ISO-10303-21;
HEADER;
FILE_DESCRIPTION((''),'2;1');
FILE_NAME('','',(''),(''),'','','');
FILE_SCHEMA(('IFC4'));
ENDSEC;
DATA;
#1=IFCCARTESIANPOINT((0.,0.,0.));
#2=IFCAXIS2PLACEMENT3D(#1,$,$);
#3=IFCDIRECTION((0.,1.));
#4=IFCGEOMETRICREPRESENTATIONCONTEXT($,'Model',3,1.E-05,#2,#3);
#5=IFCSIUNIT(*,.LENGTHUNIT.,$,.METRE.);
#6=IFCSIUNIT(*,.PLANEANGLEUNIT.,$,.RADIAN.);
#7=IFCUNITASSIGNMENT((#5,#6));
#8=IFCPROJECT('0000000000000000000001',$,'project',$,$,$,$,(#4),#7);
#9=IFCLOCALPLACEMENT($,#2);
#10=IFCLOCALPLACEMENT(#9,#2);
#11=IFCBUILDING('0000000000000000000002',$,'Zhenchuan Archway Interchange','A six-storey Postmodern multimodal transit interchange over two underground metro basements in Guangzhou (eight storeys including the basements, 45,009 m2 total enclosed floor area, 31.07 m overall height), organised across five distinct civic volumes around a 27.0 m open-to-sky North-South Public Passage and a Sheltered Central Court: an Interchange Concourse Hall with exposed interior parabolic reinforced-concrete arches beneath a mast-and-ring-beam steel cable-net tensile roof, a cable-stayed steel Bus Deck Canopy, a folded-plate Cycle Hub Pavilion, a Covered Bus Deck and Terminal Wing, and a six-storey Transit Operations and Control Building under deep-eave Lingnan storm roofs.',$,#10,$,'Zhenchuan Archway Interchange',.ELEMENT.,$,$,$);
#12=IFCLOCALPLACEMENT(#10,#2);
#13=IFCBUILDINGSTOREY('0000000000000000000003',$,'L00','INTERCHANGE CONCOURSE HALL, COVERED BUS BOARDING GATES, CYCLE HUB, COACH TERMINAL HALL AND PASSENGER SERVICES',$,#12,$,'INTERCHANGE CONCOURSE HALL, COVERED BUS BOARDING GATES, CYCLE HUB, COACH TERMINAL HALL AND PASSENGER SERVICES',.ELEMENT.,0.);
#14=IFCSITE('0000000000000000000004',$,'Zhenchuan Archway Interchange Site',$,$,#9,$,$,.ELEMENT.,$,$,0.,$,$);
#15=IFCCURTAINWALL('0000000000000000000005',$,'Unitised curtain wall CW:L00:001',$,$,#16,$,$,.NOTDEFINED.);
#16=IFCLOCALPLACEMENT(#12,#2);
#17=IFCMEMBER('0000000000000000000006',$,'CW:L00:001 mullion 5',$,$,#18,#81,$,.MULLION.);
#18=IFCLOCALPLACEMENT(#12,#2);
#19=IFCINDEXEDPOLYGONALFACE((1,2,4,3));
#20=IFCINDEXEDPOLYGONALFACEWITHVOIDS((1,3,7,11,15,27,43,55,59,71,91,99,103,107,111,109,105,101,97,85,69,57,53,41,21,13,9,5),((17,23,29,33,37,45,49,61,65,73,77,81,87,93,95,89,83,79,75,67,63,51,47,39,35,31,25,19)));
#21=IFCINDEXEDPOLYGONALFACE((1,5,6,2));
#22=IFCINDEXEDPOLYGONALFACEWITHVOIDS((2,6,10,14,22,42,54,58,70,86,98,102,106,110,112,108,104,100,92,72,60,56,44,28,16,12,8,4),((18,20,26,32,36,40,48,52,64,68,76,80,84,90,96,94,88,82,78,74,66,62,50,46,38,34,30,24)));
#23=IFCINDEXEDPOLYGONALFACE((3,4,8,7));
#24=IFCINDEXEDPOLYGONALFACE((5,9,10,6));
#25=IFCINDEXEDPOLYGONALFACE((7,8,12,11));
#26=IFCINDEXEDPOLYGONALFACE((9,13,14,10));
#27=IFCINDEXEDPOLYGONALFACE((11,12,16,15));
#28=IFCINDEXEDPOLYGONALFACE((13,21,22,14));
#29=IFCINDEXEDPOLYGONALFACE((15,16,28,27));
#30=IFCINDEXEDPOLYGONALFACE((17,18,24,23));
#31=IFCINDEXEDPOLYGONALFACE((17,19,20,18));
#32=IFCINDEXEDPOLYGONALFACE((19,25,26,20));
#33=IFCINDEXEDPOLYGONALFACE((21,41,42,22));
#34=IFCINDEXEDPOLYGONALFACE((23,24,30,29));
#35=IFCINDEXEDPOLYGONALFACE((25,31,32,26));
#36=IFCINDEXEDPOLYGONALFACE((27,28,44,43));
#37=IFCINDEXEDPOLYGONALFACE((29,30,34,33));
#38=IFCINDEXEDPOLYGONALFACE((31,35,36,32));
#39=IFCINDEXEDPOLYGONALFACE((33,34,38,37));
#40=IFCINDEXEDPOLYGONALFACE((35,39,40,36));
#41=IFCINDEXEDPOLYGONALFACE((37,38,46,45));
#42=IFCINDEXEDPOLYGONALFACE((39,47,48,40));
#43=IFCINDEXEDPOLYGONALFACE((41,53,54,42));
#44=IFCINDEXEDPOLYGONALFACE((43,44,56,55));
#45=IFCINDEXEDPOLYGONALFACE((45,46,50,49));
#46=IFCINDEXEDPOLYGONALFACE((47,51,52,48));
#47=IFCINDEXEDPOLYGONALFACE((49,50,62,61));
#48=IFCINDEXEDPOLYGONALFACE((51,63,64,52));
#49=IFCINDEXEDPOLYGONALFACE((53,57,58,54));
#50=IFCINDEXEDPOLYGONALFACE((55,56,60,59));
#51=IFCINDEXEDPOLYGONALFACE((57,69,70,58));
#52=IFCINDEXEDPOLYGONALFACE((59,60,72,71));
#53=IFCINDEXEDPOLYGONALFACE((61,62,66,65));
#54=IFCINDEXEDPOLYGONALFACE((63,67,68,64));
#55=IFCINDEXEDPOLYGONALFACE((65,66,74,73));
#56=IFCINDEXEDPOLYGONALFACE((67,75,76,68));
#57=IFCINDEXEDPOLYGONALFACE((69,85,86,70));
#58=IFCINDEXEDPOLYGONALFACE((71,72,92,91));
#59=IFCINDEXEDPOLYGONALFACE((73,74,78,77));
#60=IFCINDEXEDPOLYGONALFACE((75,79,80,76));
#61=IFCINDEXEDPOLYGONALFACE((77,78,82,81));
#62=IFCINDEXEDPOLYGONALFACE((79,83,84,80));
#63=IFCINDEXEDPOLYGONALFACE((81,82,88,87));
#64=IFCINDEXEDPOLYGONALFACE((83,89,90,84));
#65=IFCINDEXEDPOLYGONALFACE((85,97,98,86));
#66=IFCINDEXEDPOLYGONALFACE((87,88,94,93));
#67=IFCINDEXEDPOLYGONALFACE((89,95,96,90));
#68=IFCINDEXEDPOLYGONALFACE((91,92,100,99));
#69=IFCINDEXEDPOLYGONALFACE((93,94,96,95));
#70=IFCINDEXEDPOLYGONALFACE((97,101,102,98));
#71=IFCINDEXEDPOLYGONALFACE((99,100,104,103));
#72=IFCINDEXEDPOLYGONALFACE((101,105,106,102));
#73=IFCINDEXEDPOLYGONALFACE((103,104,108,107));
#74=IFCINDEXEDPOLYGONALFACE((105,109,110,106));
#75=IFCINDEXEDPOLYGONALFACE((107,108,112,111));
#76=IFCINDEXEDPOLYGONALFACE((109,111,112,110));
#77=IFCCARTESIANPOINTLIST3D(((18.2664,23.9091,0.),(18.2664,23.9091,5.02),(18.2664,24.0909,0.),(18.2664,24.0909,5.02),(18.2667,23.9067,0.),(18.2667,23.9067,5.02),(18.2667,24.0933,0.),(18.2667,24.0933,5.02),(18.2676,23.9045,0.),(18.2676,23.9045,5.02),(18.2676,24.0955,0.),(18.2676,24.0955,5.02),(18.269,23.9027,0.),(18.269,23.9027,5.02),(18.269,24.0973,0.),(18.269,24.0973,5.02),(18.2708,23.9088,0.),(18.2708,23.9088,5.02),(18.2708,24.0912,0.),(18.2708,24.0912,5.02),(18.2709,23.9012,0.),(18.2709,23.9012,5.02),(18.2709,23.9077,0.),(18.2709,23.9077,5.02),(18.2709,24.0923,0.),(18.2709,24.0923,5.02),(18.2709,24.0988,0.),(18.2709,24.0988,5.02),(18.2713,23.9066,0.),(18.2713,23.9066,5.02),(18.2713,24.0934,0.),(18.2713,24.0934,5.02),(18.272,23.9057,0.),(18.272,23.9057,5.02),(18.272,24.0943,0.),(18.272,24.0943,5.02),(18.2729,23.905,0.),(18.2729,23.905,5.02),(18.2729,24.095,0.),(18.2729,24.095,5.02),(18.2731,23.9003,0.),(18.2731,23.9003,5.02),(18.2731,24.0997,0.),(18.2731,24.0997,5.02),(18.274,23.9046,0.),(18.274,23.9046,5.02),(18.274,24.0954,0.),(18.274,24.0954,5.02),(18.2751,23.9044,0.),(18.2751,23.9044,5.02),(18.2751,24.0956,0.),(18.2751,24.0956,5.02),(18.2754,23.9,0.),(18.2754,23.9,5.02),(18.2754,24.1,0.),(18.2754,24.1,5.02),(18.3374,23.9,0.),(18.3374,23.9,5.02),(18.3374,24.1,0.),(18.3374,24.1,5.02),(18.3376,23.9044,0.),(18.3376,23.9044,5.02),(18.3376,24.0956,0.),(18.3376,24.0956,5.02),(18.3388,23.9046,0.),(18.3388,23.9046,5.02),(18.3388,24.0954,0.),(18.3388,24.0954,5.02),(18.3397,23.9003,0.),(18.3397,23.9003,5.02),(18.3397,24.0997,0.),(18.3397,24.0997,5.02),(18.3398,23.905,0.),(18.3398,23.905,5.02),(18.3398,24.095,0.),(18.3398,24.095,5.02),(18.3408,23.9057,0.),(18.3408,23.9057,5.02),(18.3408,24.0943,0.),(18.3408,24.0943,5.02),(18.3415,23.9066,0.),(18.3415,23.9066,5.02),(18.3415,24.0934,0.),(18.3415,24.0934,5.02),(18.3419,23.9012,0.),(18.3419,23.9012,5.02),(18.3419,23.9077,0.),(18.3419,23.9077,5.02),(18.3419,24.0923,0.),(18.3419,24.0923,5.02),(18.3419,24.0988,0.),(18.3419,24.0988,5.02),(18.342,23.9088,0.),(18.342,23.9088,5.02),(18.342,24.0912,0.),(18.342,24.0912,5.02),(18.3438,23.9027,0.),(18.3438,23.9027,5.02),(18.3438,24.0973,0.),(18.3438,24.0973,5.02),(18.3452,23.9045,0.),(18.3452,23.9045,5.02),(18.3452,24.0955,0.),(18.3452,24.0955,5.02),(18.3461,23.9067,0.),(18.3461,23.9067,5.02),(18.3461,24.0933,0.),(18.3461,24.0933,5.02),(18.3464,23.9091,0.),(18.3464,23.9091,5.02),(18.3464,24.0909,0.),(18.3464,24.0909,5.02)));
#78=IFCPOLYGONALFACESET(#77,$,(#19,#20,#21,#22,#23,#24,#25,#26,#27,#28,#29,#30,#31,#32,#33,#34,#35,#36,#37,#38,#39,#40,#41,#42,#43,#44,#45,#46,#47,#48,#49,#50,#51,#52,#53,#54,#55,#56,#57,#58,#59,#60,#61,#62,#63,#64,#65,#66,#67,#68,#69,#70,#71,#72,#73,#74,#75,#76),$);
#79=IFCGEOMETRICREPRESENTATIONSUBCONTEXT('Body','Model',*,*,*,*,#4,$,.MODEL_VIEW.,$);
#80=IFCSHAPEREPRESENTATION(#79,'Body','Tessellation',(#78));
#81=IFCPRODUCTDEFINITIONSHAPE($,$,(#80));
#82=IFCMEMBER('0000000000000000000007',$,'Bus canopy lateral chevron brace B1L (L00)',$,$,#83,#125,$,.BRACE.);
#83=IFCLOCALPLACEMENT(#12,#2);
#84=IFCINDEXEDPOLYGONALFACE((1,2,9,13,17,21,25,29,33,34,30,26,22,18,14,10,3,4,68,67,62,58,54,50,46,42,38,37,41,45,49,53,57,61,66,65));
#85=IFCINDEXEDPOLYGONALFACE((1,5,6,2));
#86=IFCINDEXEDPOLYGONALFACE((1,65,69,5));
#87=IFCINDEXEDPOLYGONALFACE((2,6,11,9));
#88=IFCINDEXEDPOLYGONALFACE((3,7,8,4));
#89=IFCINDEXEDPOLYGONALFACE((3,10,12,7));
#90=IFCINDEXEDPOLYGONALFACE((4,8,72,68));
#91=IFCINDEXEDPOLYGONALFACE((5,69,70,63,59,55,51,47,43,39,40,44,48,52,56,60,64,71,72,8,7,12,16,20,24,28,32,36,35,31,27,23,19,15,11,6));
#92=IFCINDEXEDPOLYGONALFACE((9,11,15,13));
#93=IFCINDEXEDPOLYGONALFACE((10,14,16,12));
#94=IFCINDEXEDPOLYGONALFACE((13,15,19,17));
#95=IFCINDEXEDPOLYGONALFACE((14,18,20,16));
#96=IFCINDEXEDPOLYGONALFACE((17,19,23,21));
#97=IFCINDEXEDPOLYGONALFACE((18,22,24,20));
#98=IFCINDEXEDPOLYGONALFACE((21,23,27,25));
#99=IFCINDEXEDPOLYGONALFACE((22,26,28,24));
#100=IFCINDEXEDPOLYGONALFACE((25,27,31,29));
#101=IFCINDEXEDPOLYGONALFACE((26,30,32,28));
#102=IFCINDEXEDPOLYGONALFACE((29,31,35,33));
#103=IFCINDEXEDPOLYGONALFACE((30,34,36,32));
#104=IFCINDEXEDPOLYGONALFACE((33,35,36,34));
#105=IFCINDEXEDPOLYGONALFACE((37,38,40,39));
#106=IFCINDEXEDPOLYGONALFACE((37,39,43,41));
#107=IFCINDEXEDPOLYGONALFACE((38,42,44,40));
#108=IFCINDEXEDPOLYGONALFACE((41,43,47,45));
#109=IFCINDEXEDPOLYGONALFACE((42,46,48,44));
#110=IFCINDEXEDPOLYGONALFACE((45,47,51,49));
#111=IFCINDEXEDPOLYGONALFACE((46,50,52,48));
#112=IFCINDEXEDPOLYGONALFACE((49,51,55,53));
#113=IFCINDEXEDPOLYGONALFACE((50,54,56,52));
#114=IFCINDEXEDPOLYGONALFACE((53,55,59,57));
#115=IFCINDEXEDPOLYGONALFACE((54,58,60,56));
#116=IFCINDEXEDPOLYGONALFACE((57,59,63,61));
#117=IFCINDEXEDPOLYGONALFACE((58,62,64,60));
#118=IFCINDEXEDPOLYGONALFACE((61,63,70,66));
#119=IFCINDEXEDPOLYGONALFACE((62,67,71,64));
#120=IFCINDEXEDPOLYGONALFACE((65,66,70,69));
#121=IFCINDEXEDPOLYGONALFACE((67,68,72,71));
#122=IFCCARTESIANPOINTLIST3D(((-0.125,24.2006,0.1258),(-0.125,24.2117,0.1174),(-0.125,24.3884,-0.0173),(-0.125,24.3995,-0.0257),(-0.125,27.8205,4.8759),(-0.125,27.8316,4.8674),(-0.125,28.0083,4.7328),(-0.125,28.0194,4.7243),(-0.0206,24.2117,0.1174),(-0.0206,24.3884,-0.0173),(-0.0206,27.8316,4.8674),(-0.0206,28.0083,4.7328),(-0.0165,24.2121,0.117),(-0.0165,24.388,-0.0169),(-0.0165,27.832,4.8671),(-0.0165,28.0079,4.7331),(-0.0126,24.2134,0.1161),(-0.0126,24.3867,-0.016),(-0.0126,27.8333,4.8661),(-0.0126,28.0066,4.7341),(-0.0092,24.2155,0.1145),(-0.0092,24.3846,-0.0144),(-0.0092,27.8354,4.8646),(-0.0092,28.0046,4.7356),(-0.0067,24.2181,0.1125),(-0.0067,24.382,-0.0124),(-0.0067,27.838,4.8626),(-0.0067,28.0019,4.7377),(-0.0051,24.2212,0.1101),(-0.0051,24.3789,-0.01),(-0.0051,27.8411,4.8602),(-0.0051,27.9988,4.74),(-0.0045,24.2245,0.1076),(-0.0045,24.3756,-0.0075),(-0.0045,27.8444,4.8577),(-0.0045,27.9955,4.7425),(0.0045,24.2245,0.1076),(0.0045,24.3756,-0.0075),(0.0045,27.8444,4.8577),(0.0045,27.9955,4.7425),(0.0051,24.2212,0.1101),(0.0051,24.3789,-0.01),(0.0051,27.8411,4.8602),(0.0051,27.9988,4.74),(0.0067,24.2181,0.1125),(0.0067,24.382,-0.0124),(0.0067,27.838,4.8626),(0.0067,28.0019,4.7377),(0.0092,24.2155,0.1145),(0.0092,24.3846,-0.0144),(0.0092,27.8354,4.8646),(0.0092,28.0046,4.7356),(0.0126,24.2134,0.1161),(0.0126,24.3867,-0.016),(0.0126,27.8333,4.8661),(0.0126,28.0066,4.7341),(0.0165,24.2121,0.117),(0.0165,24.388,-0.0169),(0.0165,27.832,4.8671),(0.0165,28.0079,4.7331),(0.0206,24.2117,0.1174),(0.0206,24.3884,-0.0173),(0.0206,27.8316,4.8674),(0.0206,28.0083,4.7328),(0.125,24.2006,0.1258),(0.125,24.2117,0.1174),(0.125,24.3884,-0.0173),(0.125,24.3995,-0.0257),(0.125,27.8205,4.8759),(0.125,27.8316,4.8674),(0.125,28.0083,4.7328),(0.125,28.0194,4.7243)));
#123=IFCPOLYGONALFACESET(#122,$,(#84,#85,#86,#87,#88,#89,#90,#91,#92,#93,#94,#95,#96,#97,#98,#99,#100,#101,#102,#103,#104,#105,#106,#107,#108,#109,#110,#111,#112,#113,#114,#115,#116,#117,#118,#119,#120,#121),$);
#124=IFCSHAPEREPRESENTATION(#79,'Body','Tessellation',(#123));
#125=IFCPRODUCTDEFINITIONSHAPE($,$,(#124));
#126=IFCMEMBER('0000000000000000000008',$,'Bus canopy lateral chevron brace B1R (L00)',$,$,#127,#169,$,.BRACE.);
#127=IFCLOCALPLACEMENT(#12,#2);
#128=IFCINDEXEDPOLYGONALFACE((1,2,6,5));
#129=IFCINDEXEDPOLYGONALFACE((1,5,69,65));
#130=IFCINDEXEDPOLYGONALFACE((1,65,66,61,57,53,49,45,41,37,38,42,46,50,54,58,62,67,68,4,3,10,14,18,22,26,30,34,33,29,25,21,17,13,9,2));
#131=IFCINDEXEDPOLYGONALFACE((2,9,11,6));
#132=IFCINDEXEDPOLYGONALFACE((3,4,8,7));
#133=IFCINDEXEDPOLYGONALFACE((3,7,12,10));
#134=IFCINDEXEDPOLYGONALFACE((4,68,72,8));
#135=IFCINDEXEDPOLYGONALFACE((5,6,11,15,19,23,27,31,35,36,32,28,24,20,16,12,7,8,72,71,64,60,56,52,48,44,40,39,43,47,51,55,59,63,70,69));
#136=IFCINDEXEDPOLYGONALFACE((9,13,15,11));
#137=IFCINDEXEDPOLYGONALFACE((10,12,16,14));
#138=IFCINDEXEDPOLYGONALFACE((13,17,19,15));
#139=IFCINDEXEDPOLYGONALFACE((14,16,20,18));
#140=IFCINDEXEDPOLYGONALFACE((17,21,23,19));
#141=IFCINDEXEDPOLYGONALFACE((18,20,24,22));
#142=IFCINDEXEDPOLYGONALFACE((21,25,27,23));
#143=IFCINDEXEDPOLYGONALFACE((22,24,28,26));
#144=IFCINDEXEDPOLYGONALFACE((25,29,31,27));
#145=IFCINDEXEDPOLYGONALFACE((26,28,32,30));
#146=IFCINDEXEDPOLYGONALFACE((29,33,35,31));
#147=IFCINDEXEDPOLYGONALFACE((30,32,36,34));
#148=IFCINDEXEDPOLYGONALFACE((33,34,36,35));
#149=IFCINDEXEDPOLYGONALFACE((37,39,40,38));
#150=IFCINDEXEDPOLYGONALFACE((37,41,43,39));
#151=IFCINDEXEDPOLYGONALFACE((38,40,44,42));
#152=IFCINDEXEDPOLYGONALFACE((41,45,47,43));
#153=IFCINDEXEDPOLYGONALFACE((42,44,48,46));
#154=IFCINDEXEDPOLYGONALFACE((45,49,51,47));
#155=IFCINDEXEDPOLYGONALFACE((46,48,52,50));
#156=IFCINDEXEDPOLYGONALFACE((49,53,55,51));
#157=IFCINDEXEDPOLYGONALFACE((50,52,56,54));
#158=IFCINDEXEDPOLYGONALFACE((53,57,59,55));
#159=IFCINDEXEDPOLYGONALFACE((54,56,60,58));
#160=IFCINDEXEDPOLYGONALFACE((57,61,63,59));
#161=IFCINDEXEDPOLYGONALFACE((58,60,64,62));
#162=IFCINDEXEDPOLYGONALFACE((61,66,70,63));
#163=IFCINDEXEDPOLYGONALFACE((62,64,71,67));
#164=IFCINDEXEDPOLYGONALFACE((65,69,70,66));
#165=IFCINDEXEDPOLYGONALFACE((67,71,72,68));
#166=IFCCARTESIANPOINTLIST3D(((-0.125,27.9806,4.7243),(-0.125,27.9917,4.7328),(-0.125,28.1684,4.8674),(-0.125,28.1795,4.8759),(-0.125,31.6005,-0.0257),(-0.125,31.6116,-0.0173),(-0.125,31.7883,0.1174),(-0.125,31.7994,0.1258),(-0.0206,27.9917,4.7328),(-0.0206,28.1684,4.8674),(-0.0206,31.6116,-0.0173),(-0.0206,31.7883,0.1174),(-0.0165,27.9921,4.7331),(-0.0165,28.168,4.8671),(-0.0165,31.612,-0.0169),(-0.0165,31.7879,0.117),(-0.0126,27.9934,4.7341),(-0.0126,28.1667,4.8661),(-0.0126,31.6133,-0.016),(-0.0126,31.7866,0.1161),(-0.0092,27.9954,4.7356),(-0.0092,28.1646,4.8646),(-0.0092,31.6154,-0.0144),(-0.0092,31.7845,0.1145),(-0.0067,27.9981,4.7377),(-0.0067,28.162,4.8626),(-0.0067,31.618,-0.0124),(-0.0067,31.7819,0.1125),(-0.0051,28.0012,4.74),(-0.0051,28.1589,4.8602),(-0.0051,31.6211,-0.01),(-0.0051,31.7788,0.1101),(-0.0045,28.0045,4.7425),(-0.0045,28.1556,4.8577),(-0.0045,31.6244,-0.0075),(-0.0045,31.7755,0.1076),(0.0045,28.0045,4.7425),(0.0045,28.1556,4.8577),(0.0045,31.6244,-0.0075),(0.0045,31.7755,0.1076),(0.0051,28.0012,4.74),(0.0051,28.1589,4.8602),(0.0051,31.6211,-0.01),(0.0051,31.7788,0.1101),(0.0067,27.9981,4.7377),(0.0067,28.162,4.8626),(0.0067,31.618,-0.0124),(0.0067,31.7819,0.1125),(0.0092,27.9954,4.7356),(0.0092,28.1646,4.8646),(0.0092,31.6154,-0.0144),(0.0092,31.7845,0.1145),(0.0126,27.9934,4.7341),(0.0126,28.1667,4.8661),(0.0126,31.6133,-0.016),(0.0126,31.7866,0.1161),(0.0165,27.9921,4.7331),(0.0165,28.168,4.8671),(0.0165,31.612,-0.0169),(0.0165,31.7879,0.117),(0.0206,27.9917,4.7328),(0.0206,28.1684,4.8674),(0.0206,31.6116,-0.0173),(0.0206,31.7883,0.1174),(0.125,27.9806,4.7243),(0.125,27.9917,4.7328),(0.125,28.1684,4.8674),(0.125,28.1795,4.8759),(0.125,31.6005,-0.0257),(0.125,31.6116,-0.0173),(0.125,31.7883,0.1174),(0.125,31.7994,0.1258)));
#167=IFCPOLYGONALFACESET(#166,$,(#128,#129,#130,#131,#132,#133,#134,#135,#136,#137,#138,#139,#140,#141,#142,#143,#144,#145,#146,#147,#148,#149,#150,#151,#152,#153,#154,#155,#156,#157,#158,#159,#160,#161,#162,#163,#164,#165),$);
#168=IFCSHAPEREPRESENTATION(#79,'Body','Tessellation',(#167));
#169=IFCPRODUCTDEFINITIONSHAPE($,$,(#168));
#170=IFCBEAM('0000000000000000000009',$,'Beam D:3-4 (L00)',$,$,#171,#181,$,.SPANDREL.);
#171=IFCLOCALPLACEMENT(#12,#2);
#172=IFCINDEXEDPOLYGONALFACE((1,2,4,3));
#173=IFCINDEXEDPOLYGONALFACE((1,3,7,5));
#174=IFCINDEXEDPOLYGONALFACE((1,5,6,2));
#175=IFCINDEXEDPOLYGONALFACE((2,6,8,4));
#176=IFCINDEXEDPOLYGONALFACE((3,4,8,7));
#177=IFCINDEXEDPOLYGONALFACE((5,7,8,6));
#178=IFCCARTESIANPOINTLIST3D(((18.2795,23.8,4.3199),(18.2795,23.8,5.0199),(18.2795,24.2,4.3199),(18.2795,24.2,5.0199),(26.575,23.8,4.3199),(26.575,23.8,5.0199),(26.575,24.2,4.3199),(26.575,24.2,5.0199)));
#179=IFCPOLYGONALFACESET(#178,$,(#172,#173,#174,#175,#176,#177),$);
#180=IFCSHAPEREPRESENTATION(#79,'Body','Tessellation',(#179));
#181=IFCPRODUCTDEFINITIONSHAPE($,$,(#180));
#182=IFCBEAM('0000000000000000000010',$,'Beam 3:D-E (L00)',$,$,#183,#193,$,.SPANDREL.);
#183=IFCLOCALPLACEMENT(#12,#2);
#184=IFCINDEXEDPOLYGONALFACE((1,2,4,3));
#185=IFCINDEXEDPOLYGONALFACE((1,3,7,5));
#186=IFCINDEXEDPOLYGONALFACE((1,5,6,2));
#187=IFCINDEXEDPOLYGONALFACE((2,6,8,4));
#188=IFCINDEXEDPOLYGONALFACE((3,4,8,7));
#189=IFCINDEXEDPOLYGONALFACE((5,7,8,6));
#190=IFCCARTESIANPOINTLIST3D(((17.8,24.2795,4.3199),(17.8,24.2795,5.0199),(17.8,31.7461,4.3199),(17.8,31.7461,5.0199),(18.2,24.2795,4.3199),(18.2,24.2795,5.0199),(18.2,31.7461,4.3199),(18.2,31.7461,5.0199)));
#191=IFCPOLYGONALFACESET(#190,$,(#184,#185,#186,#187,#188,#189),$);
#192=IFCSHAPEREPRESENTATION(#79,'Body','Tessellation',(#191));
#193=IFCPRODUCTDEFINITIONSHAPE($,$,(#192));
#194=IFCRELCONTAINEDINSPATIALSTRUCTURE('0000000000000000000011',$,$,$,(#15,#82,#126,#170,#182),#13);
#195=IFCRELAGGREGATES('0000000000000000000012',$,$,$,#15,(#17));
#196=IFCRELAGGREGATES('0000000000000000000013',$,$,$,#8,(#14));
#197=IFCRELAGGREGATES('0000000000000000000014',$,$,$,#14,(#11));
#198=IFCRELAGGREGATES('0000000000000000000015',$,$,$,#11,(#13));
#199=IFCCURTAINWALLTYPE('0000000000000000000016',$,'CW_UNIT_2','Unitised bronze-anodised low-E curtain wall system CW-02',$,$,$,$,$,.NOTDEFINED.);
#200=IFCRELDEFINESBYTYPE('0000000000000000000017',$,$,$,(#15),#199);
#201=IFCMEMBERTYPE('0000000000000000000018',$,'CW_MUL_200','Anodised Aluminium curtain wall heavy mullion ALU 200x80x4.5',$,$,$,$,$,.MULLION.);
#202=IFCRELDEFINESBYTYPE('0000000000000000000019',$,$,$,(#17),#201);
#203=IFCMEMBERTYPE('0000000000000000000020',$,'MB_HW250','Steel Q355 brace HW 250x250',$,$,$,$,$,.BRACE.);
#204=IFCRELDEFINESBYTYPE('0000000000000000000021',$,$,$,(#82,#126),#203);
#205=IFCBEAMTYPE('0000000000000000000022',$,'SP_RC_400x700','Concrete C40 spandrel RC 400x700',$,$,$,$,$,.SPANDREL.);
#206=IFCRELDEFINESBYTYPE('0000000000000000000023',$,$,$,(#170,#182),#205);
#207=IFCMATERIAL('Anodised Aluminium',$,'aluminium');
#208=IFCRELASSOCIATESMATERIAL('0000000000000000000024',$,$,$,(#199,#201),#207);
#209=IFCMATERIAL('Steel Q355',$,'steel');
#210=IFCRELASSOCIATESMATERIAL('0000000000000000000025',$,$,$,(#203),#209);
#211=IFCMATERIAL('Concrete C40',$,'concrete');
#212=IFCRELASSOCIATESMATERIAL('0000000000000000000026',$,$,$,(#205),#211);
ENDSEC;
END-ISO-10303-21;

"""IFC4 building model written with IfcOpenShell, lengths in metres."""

from ifc_helpers import new_model, si_unit, direction, frame, origin, origin_2d, place, context, subcontext, project, spatial, rectangle, hollow_rectangle, i_section, extrude, material, material_profile, profile_set, type_object, element, aggregate, save


model = new_model("IFC4")

# Units and contexts
model_context = context("Model", 3, precision=1e-05, world=origin(), true_north=direction((0.0, 1.0)))
body_context = subcontext(model_context, "Body", "Model", "MODEL_VIEW")
ifc_project = project(units=[si_unit("LENGTHUNIT", "METRE"), si_unit("PLANEANGLEUNIT", "RADIAN")], contexts=[model_context])

# Site, building, storey
site_placement = place(None, origin())
site = spatial("IfcSite", under=ifc_project, at=site_placement, Name="Zhenchuan Archway Interchange Site", CompositionType="ELEMENT", RefElevation=0.0)
building_placement = place(site_placement, origin())
building = spatial("IfcBuilding", under=site, at=building_placement, Name="Zhenchuan Archway Interchange", Description="A six-storey Postmodern multimodal transit interchange over two underground metro basements in Guangzhou (eight storeys including the basements, 45,009 m2 total enclosed floor area, 31.07 m overall height), organised across five distinct civic volumes around a 27.0 m open-to-sky North-South Public Passage and a Sheltered Central Court: an Interchange Concourse Hall with exposed interior parabolic reinforced-concrete arches beneath a mast-and-ring-beam steel cable-net tensile roof, a cable-stayed steel Bus Deck Canopy, a folded-plate Cycle Hub Pavilion, a Covered Bus Deck and Terminal Wing, and a six-storey Transit Operations and Control Building under deep-eave Lingnan storm roofs.", LongName="Zhenchuan Archway Interchange", CompositionType="ELEMENT")
storey_placement = place(building_placement, origin())
storey = spatial("IfcBuildingStorey", under=building, at=storey_placement, Name="L00", Description="INTERCHANGE CONCOURSE HALL, COVERED BUS BOARDING GATES, CYCLE HUB, COACH TERMINAL HALL AND PASSENGER SERVICES", LongName="INTERCHANGE CONCOURSE HALL, COVERED BUS BOARDING GATES, CYCLE HUB, COACH TERMINAL HALL AND PASSENGER SERVICES", CompositionType="ELEMENT", Elevation=0.0)

# Shared definitions
ifc_material_1 = material(Name="Concrete C40", Category="concrete")

# Curtain wall, member
ifc_material_2 = material(Name="Anodised Aluminium", Category="aluminium")
curtain_wall_type = type_object("IfcCurtainWallType", Name="CW_UNIT_2", Description="Unitised bronze-anodised low-E curtain wall system CW-02", PredefinedType="NOTDEFINED", material=ifc_material_2)
curtain_wall_placement = place(storey_placement, origin())
curtain_wall = element("IfcCurtainWall", 1, at=curtain_wall_placement, inside=storey, type_object=curtain_wall_type, Name="Unitised curtain wall CW:L00:001", PredefinedType="NOTDEFINED")
ifc_material_profile_1 = material_profile(ifc_material_2, hollow_rectangle(XDim=0.0801, YDim=0.2, WallThickness=0.0044, InnerFilletRadius=0.0044, OuterFilletRadius=0.009, at=origin_2d()), Name="ALU 200x80x4.5")
ifc_profile_set_1 = profile_set([ifc_material_profile_1], Name="Anodised Aluminium")
member_type_1 = type_object("IfcMemberType", Name="CW_MUL_200", Description="Anodised Aluminium curtain wall heavy mullion ALU 200x80x4.5", PredefinedType="MULLION", material=ifc_profile_set_1)
member_placement = place(storey_placement, frame((18.3064, 24.0, 0.0), z_axis=(0.0, 0.0, 1.0), x_axis=(1.0, 0.0, 0.0)))
member = element("IfcMember", 2, at=member_placement, type_object=member_type_1, Name="CW:L00:001 mullion 5", PredefinedType="MULLION", context=body_context, shape_type="SweptSolid", body=[
    extrude(hollow_rectangle(XDim=0.0801, YDim=0.2, WallThickness=0.0044, InnerFilletRadius=0.0044, OuterFilletRadius=0.009, at=origin_2d()), origin(), (0.0, 0.0, 1.0), 5.02),
])
aggregate(curtain_wall, [member])

# Members
ifc_material_3 = material(Name="Steel Q355", Category="steel")
ifc_material_profile_2 = material_profile(ifc_material_3, i_section(OverallWidth=0.25, OverallDepth=0.25, WebThickness=0.009, FlangeThickness=0.0139, FilletRadius=0.0161, at=origin_2d()), Name="HW 250x250")
ifc_profile_set_2 = profile_set([ifc_material_profile_2], Name="Steel Q355")
member_type_2 = type_object("IfcMemberType", Name="MB_HW250", Description="Steel Q355 brace HW 250x250", PredefinedType="BRACE", material=ifc_profile_set_2)
for number, where, z_axis, x_axis, name in (
    (3, (0.0, 24.3, 0.05), (0.0, 0.606131, 0.795365), (-1.0, 0.0, 0.0), "Bus canopy lateral chevron brace B1L (L00)"),
    (4, (0.0, 31.7, 0.05), (0.0, -0.606131, 0.795365), (1.0, 0.0, 0.0), "Bus canopy lateral chevron brace B1R (L00)"),
):
    element("IfcMember", number, at=place(storey_placement, frame(where, z_axis=z_axis, x_axis=x_axis)), inside=storey, type_object=member_type_2, Name=name, PredefinedType="BRACE", context=body_context, shape_type="SweptSolid", body=[
        extrude(i_section(OverallWidth=0.25, OverallDepth=0.25, WebThickness=0.009, FlangeThickness=0.0139, FilletRadius=0.0161, at=origin_2d()), origin(), (0.0, 0.0, 1.0), 5.9722),
    ])

# Beams
ifc_material_profile_3 = material_profile(ifc_material_1, rectangle(XDim=0.3999, YDim=0.7, at=origin_2d()), Name="RC 400x700")
ifc_profile_set_3 = profile_set([ifc_material_profile_3], Name="Concrete C40")
beam_type = type_object("IfcBeamType", Name="SP_RC_400x700", Description="Concrete C40 spandrel RC 400x700", PredefinedType="SPANDREL", material=ifc_profile_set_3)
beam_1_placement = place(storey_placement, frame((18.2795, 24.0, 4.6699), z_axis=(1.0, 0.0, 0.0), x_axis=(0.0, 1.0, 0.0)))
element("IfcBeam", 5, at=beam_1_placement, inside=storey, type_object=beam_type, Name="Beam D:3-4 (L00)", PredefinedType="SPANDREL", context=body_context, shape_type="SweptSolid", body=[
    extrude(rectangle(XDim=0.3999, YDim=0.7, at=origin_2d()), origin(), (0.0, 0.0, 1.0), 8.2954),
])
beam_2_placement = place(storey_placement, frame((18.0, 24.2795, 4.6699), z_axis=(0.0, 1.0, 0.0), x_axis=(-1.0, 0.0, 0.0)))
element("IfcBeam", 6, at=beam_2_placement, inside=storey, type_object=beam_type, Name="Beam 3:D-E (L00)", PredefinedType="SPANDREL", context=body_context, shape_type="SweptSolid", body=[
    extrude(rectangle(XDim=0.3999, YDim=0.7, at=origin_2d()), origin(), (0.0, 0.0, 1.0), 7.4666),
])

save(model, "model.ifc")
